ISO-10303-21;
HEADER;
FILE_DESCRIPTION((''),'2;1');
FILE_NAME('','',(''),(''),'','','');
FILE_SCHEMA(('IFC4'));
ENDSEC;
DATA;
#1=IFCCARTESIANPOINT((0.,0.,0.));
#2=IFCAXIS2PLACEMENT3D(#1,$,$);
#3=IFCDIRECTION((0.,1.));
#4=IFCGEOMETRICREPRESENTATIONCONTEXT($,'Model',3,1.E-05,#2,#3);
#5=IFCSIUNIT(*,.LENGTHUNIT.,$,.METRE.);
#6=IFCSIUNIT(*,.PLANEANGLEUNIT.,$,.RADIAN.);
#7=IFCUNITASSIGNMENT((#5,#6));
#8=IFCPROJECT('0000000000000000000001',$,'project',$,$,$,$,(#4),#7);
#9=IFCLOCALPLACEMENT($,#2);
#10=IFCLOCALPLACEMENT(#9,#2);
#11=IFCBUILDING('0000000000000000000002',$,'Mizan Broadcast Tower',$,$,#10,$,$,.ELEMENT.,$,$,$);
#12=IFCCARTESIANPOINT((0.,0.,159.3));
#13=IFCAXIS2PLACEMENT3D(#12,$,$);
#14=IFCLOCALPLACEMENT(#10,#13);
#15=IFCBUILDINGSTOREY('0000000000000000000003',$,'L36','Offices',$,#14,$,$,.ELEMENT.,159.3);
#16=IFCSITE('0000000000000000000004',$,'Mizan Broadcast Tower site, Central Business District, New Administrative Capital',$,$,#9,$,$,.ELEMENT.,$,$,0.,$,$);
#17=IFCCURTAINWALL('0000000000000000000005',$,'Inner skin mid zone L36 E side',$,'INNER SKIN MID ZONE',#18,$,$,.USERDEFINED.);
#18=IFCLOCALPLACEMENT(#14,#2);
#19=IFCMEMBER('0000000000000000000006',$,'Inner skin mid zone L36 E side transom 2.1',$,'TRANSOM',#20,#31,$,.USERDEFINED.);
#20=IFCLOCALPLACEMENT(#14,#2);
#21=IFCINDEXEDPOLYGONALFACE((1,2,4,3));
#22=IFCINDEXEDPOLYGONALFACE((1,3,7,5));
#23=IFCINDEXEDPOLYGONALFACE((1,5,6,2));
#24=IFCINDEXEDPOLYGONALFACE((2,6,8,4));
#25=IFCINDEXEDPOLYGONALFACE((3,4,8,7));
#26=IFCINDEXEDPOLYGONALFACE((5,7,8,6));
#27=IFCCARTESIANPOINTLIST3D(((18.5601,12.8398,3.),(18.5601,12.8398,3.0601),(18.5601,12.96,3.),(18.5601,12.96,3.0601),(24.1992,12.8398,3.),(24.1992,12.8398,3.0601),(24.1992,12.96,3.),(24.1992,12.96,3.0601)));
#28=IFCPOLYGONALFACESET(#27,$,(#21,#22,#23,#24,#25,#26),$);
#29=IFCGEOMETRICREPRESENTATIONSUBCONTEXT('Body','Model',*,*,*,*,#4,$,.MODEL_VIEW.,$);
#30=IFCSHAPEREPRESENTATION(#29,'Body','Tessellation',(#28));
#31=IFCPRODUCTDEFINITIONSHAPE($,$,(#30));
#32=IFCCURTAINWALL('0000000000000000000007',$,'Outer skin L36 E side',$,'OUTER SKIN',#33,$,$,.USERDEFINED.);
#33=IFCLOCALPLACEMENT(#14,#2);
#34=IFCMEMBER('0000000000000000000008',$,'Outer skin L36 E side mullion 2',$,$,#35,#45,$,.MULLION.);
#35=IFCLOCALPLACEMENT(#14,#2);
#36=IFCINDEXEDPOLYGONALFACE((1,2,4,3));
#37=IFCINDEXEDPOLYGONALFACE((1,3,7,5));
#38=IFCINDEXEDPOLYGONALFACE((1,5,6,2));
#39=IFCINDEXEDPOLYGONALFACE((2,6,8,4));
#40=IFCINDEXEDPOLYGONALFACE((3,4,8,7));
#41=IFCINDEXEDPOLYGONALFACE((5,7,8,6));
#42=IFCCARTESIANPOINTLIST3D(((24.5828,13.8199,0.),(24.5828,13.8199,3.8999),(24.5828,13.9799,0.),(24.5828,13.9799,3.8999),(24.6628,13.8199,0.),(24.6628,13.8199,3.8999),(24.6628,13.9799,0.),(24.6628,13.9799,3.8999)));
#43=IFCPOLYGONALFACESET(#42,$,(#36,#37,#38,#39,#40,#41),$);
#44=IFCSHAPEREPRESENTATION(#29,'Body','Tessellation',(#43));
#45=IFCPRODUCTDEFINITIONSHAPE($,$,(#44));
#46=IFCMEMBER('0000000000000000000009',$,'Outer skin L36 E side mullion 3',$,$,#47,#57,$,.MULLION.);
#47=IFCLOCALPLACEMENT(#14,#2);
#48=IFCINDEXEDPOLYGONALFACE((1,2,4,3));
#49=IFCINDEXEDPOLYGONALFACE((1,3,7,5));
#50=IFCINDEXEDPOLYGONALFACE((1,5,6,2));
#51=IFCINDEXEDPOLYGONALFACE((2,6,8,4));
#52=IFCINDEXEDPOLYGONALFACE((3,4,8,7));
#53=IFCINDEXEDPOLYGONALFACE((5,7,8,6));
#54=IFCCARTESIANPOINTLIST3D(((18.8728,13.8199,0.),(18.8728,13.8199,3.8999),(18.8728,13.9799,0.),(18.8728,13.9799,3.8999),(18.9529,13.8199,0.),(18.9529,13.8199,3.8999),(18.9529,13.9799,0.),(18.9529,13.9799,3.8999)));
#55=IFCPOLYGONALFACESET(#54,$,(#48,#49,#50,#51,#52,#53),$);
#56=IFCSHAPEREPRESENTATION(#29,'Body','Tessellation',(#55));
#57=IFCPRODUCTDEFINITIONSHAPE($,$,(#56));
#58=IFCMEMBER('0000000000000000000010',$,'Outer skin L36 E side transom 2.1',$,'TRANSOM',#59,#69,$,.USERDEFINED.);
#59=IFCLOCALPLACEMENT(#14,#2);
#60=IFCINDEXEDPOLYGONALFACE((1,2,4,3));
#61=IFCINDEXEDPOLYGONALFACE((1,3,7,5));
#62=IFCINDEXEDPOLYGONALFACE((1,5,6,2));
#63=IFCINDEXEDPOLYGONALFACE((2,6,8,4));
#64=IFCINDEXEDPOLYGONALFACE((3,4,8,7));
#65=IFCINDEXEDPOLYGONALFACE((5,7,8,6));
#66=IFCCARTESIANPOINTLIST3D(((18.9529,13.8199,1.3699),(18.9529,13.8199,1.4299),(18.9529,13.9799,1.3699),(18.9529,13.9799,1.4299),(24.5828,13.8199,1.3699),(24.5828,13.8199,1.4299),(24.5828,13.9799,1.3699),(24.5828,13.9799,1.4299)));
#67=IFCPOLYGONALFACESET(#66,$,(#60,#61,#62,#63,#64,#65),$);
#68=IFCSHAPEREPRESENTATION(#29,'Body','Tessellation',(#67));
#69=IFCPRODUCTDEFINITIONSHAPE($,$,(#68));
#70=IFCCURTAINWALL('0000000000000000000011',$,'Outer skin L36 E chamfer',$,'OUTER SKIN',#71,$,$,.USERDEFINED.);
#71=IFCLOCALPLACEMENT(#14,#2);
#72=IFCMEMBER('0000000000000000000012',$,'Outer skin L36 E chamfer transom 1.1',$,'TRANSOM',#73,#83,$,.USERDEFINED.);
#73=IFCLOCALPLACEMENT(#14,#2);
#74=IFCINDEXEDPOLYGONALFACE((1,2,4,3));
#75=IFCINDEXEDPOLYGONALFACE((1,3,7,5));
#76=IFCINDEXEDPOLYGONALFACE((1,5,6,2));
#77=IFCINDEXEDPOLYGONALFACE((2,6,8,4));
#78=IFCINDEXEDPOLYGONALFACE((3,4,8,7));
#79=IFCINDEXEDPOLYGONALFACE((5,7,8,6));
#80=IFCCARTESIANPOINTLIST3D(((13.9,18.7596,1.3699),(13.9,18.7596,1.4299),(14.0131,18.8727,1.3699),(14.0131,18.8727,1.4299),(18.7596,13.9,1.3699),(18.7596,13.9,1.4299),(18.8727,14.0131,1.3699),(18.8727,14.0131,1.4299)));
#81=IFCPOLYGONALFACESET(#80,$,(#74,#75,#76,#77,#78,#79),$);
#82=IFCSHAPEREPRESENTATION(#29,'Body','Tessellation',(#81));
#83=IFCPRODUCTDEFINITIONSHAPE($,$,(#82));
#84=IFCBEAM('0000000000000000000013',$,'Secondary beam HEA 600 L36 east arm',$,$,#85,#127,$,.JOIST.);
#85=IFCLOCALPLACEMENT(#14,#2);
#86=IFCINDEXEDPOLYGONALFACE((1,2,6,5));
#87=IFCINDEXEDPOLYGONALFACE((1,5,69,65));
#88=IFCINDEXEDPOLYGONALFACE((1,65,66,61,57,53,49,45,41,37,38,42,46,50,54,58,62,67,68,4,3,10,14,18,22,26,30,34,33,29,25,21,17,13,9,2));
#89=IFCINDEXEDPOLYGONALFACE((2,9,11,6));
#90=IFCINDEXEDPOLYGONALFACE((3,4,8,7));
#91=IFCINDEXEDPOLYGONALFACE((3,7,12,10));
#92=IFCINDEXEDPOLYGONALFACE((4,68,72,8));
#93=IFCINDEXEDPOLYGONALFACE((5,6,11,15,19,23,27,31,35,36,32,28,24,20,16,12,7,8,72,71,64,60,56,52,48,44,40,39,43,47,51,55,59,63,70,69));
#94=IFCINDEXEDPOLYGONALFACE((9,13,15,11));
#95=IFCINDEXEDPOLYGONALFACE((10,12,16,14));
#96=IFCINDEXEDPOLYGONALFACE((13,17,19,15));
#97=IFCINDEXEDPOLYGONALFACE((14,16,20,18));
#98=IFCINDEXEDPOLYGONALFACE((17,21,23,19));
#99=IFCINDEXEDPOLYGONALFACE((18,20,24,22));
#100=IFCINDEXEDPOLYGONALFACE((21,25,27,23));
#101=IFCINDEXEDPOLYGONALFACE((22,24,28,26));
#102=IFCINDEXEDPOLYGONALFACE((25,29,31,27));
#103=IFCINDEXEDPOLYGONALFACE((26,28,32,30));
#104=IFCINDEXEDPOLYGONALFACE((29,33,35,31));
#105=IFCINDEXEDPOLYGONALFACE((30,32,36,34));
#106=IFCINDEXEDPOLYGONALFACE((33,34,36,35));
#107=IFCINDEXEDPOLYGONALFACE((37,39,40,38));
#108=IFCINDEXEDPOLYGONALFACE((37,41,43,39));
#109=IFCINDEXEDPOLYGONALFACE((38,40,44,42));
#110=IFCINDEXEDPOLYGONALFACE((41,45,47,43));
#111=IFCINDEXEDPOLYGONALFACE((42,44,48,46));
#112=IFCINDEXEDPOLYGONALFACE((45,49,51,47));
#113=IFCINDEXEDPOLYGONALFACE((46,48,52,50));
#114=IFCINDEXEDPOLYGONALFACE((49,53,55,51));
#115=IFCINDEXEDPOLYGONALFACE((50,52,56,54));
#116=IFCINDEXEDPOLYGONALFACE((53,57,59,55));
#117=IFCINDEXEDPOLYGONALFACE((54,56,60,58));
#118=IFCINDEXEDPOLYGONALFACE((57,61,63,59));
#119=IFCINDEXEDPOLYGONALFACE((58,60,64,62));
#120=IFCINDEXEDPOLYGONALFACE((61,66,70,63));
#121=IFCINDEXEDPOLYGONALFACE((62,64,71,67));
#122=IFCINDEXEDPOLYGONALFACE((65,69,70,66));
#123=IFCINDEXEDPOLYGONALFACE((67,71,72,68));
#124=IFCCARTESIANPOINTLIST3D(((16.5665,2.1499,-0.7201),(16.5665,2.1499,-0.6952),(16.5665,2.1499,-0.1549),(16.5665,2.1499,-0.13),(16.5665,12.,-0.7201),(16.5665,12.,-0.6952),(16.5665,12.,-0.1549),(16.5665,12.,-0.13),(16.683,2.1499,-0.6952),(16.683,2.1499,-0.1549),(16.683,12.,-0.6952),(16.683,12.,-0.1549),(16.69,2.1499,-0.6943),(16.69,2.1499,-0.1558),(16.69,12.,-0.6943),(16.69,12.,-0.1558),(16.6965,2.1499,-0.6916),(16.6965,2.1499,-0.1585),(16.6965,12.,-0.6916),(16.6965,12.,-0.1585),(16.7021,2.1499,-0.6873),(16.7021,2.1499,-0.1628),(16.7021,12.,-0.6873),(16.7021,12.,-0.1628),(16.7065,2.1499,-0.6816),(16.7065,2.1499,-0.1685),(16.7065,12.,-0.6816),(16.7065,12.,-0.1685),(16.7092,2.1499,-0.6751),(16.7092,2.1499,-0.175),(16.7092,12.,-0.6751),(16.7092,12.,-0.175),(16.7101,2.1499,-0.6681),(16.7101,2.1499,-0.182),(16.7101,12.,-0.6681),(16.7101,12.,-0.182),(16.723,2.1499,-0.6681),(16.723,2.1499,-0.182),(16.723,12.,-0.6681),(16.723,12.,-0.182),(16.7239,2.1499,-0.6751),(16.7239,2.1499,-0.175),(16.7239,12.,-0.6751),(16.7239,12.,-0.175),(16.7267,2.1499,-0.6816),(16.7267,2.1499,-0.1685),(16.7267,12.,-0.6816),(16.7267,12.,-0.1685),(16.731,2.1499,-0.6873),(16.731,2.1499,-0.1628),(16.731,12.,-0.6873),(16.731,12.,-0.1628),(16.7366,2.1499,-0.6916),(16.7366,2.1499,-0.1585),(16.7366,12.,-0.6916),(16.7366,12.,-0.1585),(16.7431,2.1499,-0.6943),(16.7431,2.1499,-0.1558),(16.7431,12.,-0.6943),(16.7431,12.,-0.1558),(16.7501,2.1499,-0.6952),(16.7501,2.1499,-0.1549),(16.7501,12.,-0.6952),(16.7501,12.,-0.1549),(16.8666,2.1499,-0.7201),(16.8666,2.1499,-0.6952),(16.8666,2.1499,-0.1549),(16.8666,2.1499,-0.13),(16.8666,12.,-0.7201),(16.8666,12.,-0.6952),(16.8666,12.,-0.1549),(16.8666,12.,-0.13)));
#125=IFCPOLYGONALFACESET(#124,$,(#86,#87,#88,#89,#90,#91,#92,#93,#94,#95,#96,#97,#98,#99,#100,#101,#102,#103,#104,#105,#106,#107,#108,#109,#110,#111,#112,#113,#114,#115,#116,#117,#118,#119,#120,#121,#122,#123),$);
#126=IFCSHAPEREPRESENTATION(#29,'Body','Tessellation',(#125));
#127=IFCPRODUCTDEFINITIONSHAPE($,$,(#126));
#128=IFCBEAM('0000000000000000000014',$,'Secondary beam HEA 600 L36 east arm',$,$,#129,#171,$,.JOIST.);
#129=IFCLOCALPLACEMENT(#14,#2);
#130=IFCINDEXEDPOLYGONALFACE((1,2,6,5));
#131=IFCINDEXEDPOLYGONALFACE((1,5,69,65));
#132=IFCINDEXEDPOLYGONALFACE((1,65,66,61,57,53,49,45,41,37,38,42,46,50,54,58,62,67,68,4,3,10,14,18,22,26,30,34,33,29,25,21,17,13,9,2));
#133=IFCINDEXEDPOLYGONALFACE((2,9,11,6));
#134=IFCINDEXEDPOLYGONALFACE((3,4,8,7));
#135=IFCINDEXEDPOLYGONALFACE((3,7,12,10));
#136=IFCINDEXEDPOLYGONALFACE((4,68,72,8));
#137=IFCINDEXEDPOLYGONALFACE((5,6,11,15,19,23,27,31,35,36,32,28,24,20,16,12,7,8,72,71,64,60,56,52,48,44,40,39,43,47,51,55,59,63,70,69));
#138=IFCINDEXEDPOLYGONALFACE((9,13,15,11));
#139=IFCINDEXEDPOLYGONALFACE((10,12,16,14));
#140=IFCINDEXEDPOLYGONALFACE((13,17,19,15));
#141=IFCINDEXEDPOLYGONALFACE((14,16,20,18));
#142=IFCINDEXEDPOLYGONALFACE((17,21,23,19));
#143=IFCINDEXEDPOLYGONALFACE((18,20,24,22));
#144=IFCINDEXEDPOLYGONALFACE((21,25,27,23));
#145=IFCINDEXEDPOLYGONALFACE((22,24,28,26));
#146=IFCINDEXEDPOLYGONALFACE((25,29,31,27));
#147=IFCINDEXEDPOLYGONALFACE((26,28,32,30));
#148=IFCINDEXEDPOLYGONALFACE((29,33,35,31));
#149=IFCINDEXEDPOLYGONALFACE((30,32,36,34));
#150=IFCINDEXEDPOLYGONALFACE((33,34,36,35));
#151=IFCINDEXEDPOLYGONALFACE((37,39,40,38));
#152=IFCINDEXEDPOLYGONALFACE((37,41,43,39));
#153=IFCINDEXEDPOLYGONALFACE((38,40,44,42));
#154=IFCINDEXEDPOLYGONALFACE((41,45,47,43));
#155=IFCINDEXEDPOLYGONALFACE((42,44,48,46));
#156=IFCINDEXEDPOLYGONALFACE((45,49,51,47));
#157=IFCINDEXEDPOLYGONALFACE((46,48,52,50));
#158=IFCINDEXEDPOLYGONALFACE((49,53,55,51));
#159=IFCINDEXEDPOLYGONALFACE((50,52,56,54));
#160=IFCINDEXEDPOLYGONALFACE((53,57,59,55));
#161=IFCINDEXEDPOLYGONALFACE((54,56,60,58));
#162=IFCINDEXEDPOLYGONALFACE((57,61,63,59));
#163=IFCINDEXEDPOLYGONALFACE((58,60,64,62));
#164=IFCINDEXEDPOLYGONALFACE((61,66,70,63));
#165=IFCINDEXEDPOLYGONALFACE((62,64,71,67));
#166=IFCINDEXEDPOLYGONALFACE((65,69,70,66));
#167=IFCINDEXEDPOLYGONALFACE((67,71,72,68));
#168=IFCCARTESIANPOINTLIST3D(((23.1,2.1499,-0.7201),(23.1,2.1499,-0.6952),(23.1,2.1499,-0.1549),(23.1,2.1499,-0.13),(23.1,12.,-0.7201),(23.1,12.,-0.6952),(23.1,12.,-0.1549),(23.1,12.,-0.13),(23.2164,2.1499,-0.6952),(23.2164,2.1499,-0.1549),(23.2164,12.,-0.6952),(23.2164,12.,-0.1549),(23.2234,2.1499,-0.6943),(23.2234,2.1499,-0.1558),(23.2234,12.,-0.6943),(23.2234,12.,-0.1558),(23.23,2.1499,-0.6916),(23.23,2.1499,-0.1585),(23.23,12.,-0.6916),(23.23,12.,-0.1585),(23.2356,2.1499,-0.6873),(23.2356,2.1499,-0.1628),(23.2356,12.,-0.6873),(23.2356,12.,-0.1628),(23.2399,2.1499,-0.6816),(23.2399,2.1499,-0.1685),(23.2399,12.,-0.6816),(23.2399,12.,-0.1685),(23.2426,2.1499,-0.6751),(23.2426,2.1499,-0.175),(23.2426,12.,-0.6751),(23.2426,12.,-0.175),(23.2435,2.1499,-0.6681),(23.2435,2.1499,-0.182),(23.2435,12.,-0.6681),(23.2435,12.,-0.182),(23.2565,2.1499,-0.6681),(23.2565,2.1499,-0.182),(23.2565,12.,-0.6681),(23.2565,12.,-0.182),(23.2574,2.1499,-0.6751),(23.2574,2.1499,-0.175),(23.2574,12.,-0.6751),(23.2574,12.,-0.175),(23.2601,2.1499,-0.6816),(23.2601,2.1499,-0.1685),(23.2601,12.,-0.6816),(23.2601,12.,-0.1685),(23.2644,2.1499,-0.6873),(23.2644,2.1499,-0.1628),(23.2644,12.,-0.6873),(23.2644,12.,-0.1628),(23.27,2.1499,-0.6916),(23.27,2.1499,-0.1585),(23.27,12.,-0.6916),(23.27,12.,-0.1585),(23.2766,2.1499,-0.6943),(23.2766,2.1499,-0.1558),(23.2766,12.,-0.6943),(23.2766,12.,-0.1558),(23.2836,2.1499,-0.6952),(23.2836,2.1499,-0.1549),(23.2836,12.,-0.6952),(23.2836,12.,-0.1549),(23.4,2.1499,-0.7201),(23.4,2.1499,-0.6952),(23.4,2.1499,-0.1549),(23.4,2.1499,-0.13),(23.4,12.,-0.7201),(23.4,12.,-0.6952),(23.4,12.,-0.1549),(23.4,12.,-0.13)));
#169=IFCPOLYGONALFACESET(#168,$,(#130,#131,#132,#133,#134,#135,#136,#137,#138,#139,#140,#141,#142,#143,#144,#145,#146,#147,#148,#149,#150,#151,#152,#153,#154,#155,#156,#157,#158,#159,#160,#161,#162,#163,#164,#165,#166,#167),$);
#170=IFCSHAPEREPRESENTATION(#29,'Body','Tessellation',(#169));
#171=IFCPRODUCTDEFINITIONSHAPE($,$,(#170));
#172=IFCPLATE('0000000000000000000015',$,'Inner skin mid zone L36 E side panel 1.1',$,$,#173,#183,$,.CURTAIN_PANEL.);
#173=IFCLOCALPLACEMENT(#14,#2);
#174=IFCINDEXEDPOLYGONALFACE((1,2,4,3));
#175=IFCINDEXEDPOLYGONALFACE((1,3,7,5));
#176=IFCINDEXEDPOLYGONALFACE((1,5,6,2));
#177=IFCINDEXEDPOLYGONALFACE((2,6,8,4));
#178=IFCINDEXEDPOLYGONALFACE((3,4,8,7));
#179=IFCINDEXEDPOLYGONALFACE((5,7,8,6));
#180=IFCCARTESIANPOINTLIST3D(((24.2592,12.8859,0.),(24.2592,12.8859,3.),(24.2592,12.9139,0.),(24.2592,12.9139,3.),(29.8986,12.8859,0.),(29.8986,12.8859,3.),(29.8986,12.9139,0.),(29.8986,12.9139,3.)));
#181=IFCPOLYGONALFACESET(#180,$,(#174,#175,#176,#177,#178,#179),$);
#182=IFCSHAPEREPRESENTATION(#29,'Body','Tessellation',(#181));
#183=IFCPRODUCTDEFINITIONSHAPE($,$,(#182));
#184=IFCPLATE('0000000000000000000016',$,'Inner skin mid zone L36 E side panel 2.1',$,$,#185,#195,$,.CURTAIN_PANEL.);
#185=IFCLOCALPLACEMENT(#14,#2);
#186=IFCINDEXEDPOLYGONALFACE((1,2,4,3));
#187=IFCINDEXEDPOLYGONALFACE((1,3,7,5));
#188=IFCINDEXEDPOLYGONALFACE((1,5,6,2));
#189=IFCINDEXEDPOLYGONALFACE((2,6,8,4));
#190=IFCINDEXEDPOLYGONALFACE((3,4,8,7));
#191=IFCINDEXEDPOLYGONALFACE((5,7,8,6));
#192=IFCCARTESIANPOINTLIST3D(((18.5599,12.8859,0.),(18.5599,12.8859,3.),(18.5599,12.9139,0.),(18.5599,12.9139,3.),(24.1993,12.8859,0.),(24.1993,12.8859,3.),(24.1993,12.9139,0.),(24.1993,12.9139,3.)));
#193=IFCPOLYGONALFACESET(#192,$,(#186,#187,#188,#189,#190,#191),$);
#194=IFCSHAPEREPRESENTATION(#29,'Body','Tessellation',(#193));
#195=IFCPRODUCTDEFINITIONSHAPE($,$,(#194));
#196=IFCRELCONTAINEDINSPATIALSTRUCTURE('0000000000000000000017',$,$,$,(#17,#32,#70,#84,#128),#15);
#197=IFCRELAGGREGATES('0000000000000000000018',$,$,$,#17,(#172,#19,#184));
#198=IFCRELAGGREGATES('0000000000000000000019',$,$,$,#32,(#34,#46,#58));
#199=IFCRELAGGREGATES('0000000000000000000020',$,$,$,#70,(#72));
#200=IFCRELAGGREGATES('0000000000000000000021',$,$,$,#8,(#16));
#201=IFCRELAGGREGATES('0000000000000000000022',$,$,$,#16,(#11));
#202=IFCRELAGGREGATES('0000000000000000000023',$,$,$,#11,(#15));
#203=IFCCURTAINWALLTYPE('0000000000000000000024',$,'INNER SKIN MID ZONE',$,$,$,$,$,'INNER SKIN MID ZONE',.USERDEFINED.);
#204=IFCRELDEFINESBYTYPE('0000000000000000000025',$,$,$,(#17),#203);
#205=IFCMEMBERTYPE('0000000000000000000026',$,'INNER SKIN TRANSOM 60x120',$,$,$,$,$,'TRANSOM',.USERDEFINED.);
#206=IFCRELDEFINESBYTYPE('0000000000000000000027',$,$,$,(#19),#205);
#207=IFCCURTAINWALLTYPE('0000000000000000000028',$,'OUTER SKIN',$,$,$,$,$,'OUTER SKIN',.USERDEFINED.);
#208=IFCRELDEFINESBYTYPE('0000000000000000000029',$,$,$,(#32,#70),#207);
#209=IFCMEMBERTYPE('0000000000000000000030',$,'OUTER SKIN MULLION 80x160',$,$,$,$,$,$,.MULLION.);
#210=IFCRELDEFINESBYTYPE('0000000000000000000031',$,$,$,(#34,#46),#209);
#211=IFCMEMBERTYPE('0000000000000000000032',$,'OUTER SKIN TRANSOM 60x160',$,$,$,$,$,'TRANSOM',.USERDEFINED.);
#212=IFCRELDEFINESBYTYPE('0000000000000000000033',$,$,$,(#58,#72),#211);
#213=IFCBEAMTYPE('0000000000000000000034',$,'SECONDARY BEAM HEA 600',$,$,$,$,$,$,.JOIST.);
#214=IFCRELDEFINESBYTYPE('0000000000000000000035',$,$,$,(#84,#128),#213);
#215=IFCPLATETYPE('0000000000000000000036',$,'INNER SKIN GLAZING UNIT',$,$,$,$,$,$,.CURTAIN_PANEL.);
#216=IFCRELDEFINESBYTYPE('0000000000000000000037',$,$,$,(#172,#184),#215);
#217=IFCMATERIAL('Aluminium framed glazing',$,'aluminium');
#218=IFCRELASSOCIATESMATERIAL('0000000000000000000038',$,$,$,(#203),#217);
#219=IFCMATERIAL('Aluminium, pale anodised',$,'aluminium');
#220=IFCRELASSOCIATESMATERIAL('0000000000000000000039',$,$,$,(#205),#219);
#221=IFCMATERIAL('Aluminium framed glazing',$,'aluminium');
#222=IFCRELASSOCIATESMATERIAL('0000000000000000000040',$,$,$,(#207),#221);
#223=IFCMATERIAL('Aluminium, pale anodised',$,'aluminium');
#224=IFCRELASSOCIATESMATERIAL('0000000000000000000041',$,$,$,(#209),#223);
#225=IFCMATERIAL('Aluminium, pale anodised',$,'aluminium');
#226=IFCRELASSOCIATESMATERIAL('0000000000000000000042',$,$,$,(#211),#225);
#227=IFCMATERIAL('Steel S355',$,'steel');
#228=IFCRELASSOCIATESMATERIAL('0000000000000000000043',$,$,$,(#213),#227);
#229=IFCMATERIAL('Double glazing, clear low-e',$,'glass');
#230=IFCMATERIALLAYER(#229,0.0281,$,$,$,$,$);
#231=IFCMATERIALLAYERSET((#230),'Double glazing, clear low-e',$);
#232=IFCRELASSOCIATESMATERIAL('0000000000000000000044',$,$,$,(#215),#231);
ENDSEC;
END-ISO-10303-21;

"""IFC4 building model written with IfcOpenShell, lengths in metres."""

from ifc_helpers import new_model, si_unit, direction, frame, origin, origin_2d, place, context, subcontext, project, spatial, rectangle, i_section, extrude, material, layer, layer_set, material_profile, profile_set, type_object, element, aggregate, save


model = new_model("IFC4")

# Units and contexts
model_context = context("Model", 3, precision=1e-05, world=origin(), true_north=direction((0.0, 1.0)))
body_context = subcontext(model_context, "Body", "Model", "MODEL_VIEW")
ifc_project = project(units=[si_unit("LENGTHUNIT", "METRE"), si_unit("PLANEANGLEUNIT", "RADIAN")], contexts=[model_context])

# Site, building, storey
site_placement = place(None, origin())
site = spatial("IfcSite", under=ifc_project, at=site_placement, Name="Mizan Broadcast Tower site, Central Business District, New Administrative Capital", CompositionType="ELEMENT", RefElevation=0.0)
building_placement = place(site_placement, origin())
building = spatial("IfcBuilding", under=site, at=building_placement, Name="Mizan Broadcast Tower", CompositionType="ELEMENT")
storey_placement = place(building_placement, frame((0.0, 0.0, 159.3)))
storey = spatial("IfcBuildingStorey", under=building, at=storey_placement, Name="L36", Description="Offices", CompositionType="ELEMENT", Elevation=159.3)

# Curtain walls, members
ifc_material_1 = material(Name="Aluminium framed glazing", Category="aluminium")
curtain_wall_type_1 = type_object("IfcCurtainWallType", Name="INNER SKIN MID ZONE", ElementType="INNER SKIN MID ZONE", PredefinedType="USERDEFINED", material=ifc_material_1)
curtain_wall_1_placement = place(storey_placement, origin())
curtain_wall_1 = element("IfcCurtainWall", 1, at=curtain_wall_1_placement, inside=storey, type_object=curtain_wall_type_1, Name="Inner skin mid zone L36 E side", ObjectType="INNER SKIN MID ZONE", PredefinedType="USERDEFINED")
ifc_material_2 = material(Name="Aluminium, pale anodised", Category="aluminium")
ifc_material_profile_1 = material_profile(ifc_material_2, rectangle(XDim=0.1201, YDim=0.0601, at=origin_2d()), Name="TRANSOM 120x60")
ifc_profile_set_1 = profile_set([ifc_material_profile_1], Name="Aluminium, pale anodised")
member_type_1 = type_object("IfcMemberType", Name="INNER SKIN TRANSOM 60x120", ElementType="TRANSOM", PredefinedType="USERDEFINED", material=ifc_profile_set_1)
member_1_placement = place(storey_placement, frame((24.1992, 12.8999, 3.03), z_axis=(-1.0, 0.0, 0.0), x_axis=(0.0, -1.0, 0.0)))
member_1 = element("IfcMember", 2, at=member_1_placement, type_object=member_type_1, Name="Inner skin mid zone L36 E side transom 2.1", ObjectType="TRANSOM", PredefinedType="USERDEFINED", context=body_context, shape_type="SweptSolid", body=[
    extrude(rectangle(XDim=0.1201, YDim=0.0601, at=origin_2d()), origin(), (0.0, 0.0, 1.0), 5.6392),
])
ifc_material_3 = material(Name="Aluminium framed glazing", Category="aluminium")
curtain_wall_type_2 = type_object("IfcCurtainWallType", Name="OUTER SKIN", ElementType="OUTER SKIN", PredefinedType="USERDEFINED", material=ifc_material_3)
curtain_wall_2_placement = place(storey_placement, origin())
curtain_wall_2 = element("IfcCurtainWall", 3, at=curtain_wall_2_placement, inside=storey, type_object=curtain_wall_type_2, Name="Outer skin L36 E side", ObjectType="OUTER SKIN", PredefinedType="USERDEFINED")
ifc_material_4 = material(Name="Aluminium, pale anodised", Category="aluminium")
ifc_material_profile_2 = material_profile(ifc_material_4, rectangle(XDim=0.1599, YDim=0.0801, at=origin_2d()), Name="MULLION 160x80")
ifc_profile_set_2 = profile_set([ifc_material_profile_2], Name="Aluminium, pale anodised")
member_type_2 = type_object("IfcMemberType", Name="OUTER SKIN MULLION 80x160", PredefinedType="MULLION", material=ifc_profile_set_2)
member_2_placement = place(storey_placement, frame((24.6228, 13.8999, 0.0), z_axis=(0.0, 0.0, 1.0), x_axis=(0.0, -1.0, 0.0)))
member_2 = element("IfcMember", 4, at=member_2_placement, type_object=member_type_2, Name="Outer skin L36 E side mullion 2", PredefinedType="MULLION", context=body_context, shape_type="SweptSolid", body=[
    extrude(rectangle(XDim=0.1599, YDim=0.0801, at=origin_2d()), origin(), (0.0, 0.0, 1.0), 3.8999),
])
member_3_placement = place(storey_placement, frame((18.9128, 13.8999, 0.0), z_axis=(0.0, 0.0, 1.0), x_axis=(0.0, -1.0, 0.0)))
member_3 = element("IfcMember", 5, at=member_3_placement, type_object=member_type_2, Name="Outer skin L36 E side mullion 3", PredefinedType="MULLION", context=body_context, shape_type="SweptSolid", body=[
    extrude(rectangle(XDim=0.1599, YDim=0.0801, at=origin_2d()), origin(), (0.0, 0.0, 1.0), 3.8999),
])
ifc_material_5 = material(Name="Aluminium, pale anodised", Category="aluminium")
ifc_material_profile_3 = material_profile(ifc_material_5, rectangle(XDim=0.1599, YDim=0.0601, at=origin_2d()), Name="TRANSOM 160x60")
ifc_profile_set_3 = profile_set([ifc_material_profile_3], Name="Aluminium, pale anodised")
member_type_3 = type_object("IfcMemberType", Name="OUTER SKIN TRANSOM 60x160", ElementType="TRANSOM", PredefinedType="USERDEFINED", material=ifc_profile_set_3)
member_4_placement = place(storey_placement, frame((24.5828, 13.8999, 1.3999), z_axis=(-1.0, 0.0, 0.0), x_axis=(0.0, -1.0, 0.0)))
member_4 = element("IfcMember", 6, at=member_4_placement, type_object=member_type_3, Name="Outer skin L36 E side transom 2.1", ObjectType="TRANSOM", PredefinedType="USERDEFINED", context=body_context, shape_type="SweptSolid", body=[
    extrude(rectangle(XDim=0.1599, YDim=0.0601, at=origin_2d()), origin(), (0.0, 0.0, 1.0), 5.6299),
])

# Curtain wall, member
curtain_wall_3_placement = place(storey_placement, origin())
curtain_wall_3 = element("IfcCurtainWall", 7, at=curtain_wall_3_placement, inside=storey, type_object=curtain_wall_type_2, Name="Outer skin L36 E chamfer", ObjectType="OUTER SKIN", PredefinedType="USERDEFINED")
member_5_placement = place(storey_placement, frame((18.8162, 13.9565, 1.3999), z_axis=(-0.707107, 0.707107, 0.0), x_axis=(-0.707107, -0.707107, 0.0)))
member_5 = element("IfcMember", 8, at=member_5_placement, type_object=member_type_3, Name="Outer skin L36 E chamfer transom 1.1", ObjectType="TRANSOM", PredefinedType="USERDEFINED", context=body_context, shape_type="SweptSolid", body=[
    extrude(rectangle(XDim=0.1599, YDim=0.0601, at=origin_2d()), origin(), (0.0, 0.0, 1.0), 6.8726),
])

# Beams
ifc_material_6 = material(Name="Steel S355", Category="steel")
ifc_material_profile_4 = material_profile(ifc_material_6, i_section(OverallWidth=0.3, OverallDepth=0.5901, WebThickness=0.0129, FlangeThickness=0.0249, FilletRadius=0.0271, at=origin_2d()), Name="HEA 600")
ifc_profile_set_4 = profile_set([ifc_material_profile_4], Name="Steel S355")
beam_type_1 = type_object("IfcBeamType", Name="SECONDARY BEAM HEA 600", PredefinedType="JOIST", material=ifc_profile_set_4)
for number, where, z_axis, x_axis, name in (
    (9, (16.7166, 12.0, -0.425), (0.0, -1.0, 0.0), (1.0, 0.0, 0.0), "Secondary beam HEA 600 L36 east arm"),
    (10, (23.25, 12.0, -0.425), (0.0, -1.0, 0.0), (1.0, 0.0, 0.0), "Secondary beam HEA 600 L36 east arm"),
):
    element("IfcBeam", number, at=place(storey_placement, frame(where, z_axis=z_axis, x_axis=x_axis)), inside=storey, type_object=beam_type_1, Name=name, PredefinedType="JOIST", context=body_context, shape_type="SweptSolid", body=[
        extrude(i_section(OverallWidth=0.3, OverallDepth=0.5901, WebThickness=0.0129, FlangeThickness=0.0249, FilletRadius=0.0271, at=origin_2d()), origin(), (0.0, 0.0, 1.0), 9.8501),
    ])

# Plates
ifc_material_7 = material(Name="Double glazing, clear low-e", Category="glass")
ifc_layer_1 = layer(ifc_material_7, 0.0281)
ifc_layer_set_1 = layer_set([ifc_layer_1], Name="Double glazing, clear low-e")
plate_type_1 = type_object("IfcPlateType", Name="INNER SKIN GLAZING UNIT", PredefinedType="CURTAIN_PANEL", material=ifc_layer_set_1)
plate_1_placement = place(storey_placement, frame((27.0789, 12.8999, 0.0), z_axis=(0.0, 0.0, 1.0), x_axis=(-1.0, 0.0, 0.0)))
plate_1 = element("IfcPlate", 11, at=plate_1_placement, type_object=plate_type_1, Name="Inner skin mid zone L36 E side panel 1.1", PredefinedType="CURTAIN_PANEL", context=body_context, shape_type="SweptSolid", body=[
    extrude(rectangle(XDim=5.6394, YDim=0.0281, at=origin_2d()), origin(), (0.0, 0.0, 1.0), 3.0),
])
plate_2_placement = place(storey_placement, frame((21.3796, 12.8999, 0.0), z_axis=(0.0, 0.0, 1.0), x_axis=(-1.0, 0.0, 0.0)))
plate_2 = element("IfcPlate", 12, at=plate_2_placement, type_object=plate_type_1, Name="Inner skin mid zone L36 E side panel 2.1", PredefinedType="CURTAIN_PANEL", context=body_context, shape_type="SweptSolid", body=[
    extrude(rectangle(XDim=5.6394, YDim=0.0281, at=origin_2d()), origin(), (0.0, 0.0, 1.0), 3.0),
])
aggregate(curtain_wall_1, [plate_1, member_1, plate_2])
aggregate(curtain_wall_2, [member_2, member_3, member_4])
aggregate(curtain_wall_3, [member_5])

save(model, "model.ifc")
